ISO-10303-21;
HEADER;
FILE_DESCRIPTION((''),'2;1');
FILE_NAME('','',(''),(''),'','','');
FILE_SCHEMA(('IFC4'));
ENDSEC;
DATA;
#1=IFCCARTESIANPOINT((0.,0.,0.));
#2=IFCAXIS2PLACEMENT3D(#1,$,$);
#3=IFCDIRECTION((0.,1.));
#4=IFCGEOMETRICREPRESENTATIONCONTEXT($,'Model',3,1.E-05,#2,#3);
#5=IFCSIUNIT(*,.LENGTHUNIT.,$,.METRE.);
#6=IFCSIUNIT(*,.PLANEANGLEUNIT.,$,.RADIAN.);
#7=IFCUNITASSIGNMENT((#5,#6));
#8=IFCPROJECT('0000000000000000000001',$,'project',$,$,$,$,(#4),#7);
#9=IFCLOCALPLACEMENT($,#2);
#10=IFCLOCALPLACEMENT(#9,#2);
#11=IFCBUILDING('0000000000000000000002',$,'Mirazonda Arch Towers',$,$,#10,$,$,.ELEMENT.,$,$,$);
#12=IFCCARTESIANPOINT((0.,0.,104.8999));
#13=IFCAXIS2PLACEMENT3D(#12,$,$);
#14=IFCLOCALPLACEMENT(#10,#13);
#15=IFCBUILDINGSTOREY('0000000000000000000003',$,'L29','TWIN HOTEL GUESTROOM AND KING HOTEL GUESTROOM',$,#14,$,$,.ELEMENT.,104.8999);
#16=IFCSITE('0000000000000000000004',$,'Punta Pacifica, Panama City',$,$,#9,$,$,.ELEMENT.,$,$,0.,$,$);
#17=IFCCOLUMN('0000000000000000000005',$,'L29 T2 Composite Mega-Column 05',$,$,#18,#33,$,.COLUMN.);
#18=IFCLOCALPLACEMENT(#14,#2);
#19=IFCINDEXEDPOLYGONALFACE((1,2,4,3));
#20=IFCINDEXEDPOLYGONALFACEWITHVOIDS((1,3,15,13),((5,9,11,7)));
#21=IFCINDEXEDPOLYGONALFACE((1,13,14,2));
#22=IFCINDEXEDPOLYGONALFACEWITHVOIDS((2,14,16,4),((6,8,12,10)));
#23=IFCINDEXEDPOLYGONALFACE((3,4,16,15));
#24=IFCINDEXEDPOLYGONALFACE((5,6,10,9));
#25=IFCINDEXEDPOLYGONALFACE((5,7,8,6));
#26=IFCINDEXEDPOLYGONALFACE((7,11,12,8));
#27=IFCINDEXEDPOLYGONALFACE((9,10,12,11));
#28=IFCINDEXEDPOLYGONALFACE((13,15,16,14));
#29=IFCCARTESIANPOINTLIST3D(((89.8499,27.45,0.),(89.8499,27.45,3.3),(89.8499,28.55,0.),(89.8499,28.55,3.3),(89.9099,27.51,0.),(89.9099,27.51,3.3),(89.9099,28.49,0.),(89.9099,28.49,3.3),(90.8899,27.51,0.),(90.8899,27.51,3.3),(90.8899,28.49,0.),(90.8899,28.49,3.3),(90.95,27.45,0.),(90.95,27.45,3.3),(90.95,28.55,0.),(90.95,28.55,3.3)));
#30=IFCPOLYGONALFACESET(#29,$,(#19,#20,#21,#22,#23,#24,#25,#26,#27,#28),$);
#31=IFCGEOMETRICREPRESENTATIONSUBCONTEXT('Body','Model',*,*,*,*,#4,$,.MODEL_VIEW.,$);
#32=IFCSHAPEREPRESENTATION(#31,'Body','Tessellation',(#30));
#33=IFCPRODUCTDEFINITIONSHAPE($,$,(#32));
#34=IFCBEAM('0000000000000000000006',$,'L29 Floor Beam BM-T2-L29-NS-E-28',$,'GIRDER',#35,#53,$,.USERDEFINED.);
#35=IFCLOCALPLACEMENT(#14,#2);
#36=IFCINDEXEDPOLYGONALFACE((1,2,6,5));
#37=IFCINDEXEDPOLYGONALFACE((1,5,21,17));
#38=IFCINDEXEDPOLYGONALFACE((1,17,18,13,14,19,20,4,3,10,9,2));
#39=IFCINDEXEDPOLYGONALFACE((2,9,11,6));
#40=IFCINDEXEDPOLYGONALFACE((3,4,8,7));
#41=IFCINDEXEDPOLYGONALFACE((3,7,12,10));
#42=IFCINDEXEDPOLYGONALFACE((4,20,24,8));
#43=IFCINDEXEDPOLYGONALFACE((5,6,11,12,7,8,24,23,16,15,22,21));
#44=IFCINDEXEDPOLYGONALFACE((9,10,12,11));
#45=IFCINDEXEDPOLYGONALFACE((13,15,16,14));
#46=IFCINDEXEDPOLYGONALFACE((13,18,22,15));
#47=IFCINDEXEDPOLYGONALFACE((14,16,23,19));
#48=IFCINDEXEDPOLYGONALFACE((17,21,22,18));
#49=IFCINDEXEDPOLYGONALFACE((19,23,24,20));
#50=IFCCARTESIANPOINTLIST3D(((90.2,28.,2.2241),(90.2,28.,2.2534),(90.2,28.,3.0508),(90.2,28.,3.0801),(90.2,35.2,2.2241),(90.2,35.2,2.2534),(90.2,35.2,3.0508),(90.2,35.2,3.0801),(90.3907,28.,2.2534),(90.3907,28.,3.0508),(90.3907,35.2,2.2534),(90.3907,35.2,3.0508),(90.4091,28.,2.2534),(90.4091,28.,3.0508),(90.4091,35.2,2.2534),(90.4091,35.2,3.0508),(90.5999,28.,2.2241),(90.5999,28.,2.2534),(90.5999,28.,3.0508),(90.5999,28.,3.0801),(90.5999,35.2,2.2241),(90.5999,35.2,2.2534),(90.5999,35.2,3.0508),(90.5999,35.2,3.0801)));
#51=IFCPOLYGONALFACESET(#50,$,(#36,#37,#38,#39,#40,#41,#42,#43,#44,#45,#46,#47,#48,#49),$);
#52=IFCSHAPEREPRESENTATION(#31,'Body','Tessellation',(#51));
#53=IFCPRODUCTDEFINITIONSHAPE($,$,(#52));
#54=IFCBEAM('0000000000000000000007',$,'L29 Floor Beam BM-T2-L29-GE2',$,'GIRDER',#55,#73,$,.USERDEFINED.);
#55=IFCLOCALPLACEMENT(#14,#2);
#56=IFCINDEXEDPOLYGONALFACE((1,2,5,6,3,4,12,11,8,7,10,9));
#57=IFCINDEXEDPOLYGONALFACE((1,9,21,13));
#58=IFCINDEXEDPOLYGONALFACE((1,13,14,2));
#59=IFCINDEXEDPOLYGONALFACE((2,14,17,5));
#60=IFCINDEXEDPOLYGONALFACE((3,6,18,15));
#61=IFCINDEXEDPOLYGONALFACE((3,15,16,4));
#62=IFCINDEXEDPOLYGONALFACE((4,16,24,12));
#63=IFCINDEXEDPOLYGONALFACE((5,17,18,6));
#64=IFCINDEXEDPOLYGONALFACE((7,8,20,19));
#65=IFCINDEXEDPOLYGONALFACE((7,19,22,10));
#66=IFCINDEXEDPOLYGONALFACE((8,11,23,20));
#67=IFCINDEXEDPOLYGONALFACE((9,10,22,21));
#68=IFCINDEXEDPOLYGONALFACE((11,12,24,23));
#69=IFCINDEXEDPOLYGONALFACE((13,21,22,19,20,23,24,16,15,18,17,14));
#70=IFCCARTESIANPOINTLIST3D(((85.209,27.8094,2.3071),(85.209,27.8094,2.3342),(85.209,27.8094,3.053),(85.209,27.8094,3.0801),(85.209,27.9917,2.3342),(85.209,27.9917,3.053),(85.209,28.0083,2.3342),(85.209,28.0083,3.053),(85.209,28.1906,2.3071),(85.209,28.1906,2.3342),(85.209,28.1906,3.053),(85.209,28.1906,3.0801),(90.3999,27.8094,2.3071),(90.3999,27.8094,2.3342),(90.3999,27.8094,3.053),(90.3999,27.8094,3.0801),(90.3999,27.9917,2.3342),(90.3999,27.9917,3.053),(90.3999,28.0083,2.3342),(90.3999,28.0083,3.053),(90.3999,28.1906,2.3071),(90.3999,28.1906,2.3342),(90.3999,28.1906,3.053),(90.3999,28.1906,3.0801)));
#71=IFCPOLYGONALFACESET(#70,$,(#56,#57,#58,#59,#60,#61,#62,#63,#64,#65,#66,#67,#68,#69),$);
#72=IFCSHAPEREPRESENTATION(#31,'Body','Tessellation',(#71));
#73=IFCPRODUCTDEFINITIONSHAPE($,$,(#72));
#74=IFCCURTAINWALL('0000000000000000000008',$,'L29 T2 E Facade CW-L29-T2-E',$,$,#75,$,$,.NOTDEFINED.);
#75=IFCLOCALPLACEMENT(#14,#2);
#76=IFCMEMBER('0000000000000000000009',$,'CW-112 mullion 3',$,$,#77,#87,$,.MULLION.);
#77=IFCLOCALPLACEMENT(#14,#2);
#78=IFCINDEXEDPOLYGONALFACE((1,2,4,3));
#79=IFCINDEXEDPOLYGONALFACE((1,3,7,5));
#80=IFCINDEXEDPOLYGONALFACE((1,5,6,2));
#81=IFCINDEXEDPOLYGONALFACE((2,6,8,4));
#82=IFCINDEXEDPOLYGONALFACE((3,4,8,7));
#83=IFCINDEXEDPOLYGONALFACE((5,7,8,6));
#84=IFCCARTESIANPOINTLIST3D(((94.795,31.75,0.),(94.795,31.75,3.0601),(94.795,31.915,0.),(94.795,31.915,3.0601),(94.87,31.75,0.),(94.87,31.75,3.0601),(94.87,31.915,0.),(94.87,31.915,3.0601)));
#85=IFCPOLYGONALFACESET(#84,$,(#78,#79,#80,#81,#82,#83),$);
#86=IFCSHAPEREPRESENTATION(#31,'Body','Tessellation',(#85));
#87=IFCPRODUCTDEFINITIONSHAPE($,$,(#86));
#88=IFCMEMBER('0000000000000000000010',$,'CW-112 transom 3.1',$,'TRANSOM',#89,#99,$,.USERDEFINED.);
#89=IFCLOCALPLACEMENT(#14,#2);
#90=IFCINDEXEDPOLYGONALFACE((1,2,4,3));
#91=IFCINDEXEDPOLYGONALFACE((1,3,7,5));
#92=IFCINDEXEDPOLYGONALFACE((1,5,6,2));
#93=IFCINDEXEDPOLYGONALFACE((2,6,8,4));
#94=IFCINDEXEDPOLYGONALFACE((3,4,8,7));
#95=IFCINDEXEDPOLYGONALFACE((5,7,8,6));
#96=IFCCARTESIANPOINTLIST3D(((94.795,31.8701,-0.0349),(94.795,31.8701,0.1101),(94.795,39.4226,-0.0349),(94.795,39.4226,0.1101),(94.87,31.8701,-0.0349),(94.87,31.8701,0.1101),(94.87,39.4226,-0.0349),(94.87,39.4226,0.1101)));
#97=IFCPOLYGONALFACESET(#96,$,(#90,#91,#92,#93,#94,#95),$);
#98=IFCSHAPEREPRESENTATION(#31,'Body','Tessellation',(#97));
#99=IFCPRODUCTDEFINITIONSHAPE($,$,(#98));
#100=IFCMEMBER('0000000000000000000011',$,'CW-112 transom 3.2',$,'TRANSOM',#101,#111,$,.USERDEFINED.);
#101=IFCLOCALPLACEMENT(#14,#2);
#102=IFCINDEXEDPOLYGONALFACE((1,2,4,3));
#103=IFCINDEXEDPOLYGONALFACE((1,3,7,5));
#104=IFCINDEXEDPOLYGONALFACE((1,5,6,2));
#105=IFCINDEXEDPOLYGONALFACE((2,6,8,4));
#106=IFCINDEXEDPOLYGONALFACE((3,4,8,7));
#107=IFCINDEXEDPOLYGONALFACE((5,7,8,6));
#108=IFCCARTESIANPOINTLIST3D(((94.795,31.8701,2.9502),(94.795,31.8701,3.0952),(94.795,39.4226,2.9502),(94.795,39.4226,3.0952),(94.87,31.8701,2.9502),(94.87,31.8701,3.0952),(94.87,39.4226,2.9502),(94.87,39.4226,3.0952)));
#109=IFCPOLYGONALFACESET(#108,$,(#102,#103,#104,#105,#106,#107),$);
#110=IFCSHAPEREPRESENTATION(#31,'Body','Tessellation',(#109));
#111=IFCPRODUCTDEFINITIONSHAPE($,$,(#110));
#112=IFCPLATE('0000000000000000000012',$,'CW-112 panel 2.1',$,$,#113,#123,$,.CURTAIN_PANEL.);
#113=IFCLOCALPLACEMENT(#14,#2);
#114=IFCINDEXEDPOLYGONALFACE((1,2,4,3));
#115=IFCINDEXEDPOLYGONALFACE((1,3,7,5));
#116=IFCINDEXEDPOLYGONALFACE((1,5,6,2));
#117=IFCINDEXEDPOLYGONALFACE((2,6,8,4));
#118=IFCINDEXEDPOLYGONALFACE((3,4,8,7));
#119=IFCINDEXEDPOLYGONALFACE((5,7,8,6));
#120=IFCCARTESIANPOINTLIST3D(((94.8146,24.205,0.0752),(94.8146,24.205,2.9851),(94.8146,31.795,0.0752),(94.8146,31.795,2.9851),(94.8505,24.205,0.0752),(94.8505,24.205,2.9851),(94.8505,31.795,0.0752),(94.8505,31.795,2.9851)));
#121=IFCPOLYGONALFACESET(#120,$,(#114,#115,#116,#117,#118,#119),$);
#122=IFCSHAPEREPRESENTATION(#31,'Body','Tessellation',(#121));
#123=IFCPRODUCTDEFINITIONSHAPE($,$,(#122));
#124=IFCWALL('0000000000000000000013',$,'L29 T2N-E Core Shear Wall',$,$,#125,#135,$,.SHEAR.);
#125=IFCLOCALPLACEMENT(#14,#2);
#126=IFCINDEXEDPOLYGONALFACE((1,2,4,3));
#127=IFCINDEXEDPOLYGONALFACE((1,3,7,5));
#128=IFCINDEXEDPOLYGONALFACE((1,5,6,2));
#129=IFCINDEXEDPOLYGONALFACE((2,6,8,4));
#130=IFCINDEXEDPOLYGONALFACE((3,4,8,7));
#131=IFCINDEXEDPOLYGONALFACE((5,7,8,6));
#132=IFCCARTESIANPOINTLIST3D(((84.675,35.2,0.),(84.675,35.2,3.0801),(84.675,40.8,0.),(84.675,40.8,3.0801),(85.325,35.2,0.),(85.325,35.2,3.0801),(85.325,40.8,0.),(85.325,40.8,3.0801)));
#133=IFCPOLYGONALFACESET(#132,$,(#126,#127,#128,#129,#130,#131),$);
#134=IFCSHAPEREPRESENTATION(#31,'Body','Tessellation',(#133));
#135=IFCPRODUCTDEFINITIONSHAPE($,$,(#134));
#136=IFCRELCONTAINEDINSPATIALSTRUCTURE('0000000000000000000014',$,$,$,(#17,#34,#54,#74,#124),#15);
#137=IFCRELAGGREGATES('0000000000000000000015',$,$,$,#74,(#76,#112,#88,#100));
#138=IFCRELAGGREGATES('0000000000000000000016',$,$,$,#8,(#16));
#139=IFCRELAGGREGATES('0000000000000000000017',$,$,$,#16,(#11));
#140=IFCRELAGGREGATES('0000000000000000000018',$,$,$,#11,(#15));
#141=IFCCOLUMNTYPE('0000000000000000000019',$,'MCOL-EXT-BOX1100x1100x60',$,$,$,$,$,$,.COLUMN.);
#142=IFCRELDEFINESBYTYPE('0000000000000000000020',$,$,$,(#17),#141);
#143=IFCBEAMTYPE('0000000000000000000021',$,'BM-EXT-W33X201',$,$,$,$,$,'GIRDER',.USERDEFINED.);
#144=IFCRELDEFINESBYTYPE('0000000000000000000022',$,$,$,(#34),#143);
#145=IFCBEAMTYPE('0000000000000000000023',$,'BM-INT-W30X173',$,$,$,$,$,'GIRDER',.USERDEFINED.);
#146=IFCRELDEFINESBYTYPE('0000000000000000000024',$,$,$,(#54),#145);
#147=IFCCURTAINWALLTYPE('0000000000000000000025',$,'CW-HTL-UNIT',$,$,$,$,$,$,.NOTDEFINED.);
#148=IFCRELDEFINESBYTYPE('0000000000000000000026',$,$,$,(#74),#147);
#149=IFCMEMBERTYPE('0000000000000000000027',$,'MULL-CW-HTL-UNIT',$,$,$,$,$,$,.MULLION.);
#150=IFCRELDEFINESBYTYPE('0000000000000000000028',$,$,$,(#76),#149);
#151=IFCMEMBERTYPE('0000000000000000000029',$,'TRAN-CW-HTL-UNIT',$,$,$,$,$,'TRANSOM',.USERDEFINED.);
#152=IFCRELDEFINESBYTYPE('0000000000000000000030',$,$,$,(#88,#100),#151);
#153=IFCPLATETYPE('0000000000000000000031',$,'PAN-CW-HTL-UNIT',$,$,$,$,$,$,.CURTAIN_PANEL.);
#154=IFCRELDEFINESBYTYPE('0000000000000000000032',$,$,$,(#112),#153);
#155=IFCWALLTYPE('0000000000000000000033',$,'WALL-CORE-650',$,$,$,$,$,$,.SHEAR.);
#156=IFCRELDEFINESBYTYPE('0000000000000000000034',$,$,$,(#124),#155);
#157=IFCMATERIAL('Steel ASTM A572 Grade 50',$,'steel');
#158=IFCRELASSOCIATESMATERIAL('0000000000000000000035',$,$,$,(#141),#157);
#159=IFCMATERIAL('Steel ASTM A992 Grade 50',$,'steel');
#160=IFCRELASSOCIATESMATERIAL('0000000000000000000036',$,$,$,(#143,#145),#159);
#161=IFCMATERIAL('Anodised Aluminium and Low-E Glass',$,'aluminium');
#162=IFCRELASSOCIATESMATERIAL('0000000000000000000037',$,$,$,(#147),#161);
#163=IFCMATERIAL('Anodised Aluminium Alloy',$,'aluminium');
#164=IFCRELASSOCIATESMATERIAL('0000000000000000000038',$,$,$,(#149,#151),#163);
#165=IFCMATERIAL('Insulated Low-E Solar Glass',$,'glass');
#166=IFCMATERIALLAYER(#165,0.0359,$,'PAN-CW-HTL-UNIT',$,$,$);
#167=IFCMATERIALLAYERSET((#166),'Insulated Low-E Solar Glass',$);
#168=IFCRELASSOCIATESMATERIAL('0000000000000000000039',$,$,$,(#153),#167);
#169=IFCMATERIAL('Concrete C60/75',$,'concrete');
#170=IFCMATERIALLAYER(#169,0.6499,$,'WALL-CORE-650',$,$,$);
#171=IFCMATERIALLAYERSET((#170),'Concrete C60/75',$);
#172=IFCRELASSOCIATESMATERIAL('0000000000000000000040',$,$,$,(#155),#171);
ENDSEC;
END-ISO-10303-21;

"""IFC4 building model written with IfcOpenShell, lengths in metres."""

from ifc_helpers import new_model, si_unit, direction, frame, frame_2d, origin, origin_2d, place, context, subcontext, project, spatial, rectangle, hollow_rectangle, i_section, extrude, material, layer, layer_set, material_profile, profile_set, type_object, element, aggregate, save


model = new_model("IFC4")

# Units and contexts
model_context = context("Model", 3, precision=1e-05, world=origin(), true_north=direction((0.0, 1.0)))
body_context = subcontext(model_context, "Body", "Model", "MODEL_VIEW")
ifc_project = project(units=[si_unit("LENGTHUNIT", "METRE"), si_unit("PLANEANGLEUNIT", "RADIAN")], contexts=[model_context])

# Site, building, storey
site_placement = place(None, origin())
site = spatial("IfcSite", under=ifc_project, at=site_placement, Name="Punta Pacifica, Panama City", CompositionType="ELEMENT", RefElevation=0.0)
building_placement = place(site_placement, origin())
building = spatial("IfcBuilding", under=site, at=building_placement, Name="Mirazonda Arch Towers", CompositionType="ELEMENT")
storey_placement = place(building_placement, frame((0.0, 0.0, 104.8999)))
storey = spatial("IfcBuildingStorey", under=building, at=storey_placement, Name="L29", Description="TWIN HOTEL GUESTROOM AND KING HOTEL GUESTROOM", CompositionType="ELEMENT", Elevation=104.8999)

# Column
ifc_material_1 = material(Name="Steel ASTM A572 Grade 50", Category="steel")
ifc_material_profile_1 = material_profile(ifc_material_1, hollow_rectangle(XDim=1.1001, YDim=1.1001, WallThickness=0.0601, at=origin_2d()), Name="BOX1100x1100x60")
ifc_profile_set_1 = profile_set([ifc_material_profile_1], Name="Steel ASTM A572 Grade 50")
column_type = type_object("IfcColumnType", Name="MCOL-EXT-BOX1100x1100x60", PredefinedType="COLUMN", material=ifc_profile_set_1)
column_placement = place(storey_placement, frame((90.3999, 28.0, 0.0), z_axis=(0.0, 0.0, 1.0), x_axis=(1.0, 0.0, 0.0)))
element("IfcColumn", 1, at=column_placement, inside=storey, type_object=column_type, Name="L29 T2 Composite Mega-Column 05", PredefinedType="COLUMN", context=body_context, shape_type="SweptSolid", body=[
    extrude(hollow_rectangle(XDim=1.1001, YDim=1.1001, WallThickness=0.0601, at=origin_2d()), origin(), (0.0, 0.0, 1.0), 3.3),
])

# Beams
ifc_material_2 = material(Name="Steel ASTM A992 Grade 50", Category="steel")
ifc_material_profile_2 = material_profile(ifc_material_2, i_section(OverallWidth=0.3999, OverallDepth=0.856, WebThickness=0.0183, FlangeThickness=0.0293, at=origin_2d()), Name="W33X201")
ifc_profile_set_2 = profile_set([ifc_material_profile_2], Name="Steel ASTM A992 Grade 50")
beam_type_1 = type_object("IfcBeamType", Name="BM-EXT-W33X201", ElementType="GIRDER", PredefinedType="USERDEFINED", material=ifc_profile_set_2)
beam_1_placement = place(storey_placement, frame((90.3999, 28.0, 2.6521), z_axis=(0.0, 1.0, 0.0), x_axis=(-1.0, 0.0, 0.0)))
element("IfcBeam", 2, at=beam_1_placement, inside=storey, type_object=beam_type_1, Name="L29 Floor Beam BM-T2-L29-NS-E-28", ObjectType="GIRDER", PredefinedType="USERDEFINED", context=body_context, shape_type="SweptSolid", body=[
    extrude(i_section(OverallWidth=0.3999, OverallDepth=0.856, WebThickness=0.0183, FlangeThickness=0.0293, at=origin_2d()), origin(), (0.0, 0.0, 1.0), 7.2),
])
ifc_material_profile_3 = material_profile(ifc_material_2, i_section(OverallWidth=0.3811, OverallDepth=0.7729, WebThickness=0.0166, FlangeThickness=0.0271, at=origin_2d()), Name="W30X173")
ifc_profile_set_3 = profile_set([ifc_material_profile_3], Name="Steel ASTM A992 Grade 50")
beam_type_2 = type_object("IfcBeamType", Name="BM-INT-W30X173", ElementType="GIRDER", PredefinedType="USERDEFINED", material=ifc_profile_set_3)
beam_2_placement = place(storey_placement, frame((85.209, 28.0, 2.6936), z_axis=(1.0, 0.0, 0.0), x_axis=(0.0, 1.0, 0.0)))
element("IfcBeam", 3, at=beam_2_placement, inside=storey, type_object=beam_type_2, Name="L29 Floor Beam BM-T2-L29-GE2", ObjectType="GIRDER", PredefinedType="USERDEFINED", context=body_context, shape_type="SweptSolid", body=[
    extrude(i_section(OverallWidth=0.3811, OverallDepth=0.7729, WebThickness=0.0166, FlangeThickness=0.0271, at=origin_2d()), origin(), (0.0, 0.0, 1.0), 5.1909),
])

# Curtain wall, members, plate
ifc_material_3 = material(Name="Anodised Aluminium and Low-E Glass", Category="aluminium")
curtain_wall_type = type_object("IfcCurtainWallType", Name="CW-HTL-UNIT", PredefinedType="NOTDEFINED", material=ifc_material_3)
curtain_wall_placement = place(storey_placement, origin())
curtain_wall = element("IfcCurtainWall", 4, at=curtain_wall_placement, inside=storey, type_object=curtain_wall_type, Name="L29 T2 E Facade CW-L29-T2-E", PredefinedType="NOTDEFINED")
ifc_material_4 = material(Name="Anodised Aluminium Alloy", Category="aluminium")
ifc_material_profile_4 = material_profile(ifc_material_4, rectangle(XDim=0.075, YDim=0.165, at=origin_2d()), Name="ALU-MULL-75x165")
ifc_profile_set_4 = profile_set([ifc_material_profile_4], Name="Anodised Aluminium Alloy")
member_type_1 = type_object("IfcMemberType", Name="MULL-CW-HTL-UNIT", PredefinedType="MULLION", material=ifc_profile_set_4)
member_1_placement = place(storey_placement, frame((94.8325, 31.8325, 0.0), z_axis=(0.0, 0.0, 1.0), x_axis=(-1.0, 0.0, 0.0)))
member_1 = element("IfcMember", 5, at=member_1_placement, type_object=member_type_1, Name="CW-112 mullion 3", PredefinedType="MULLION", context=body_context, shape_type="SweptSolid", body=[
    extrude(rectangle(XDim=0.075, YDim=0.165, at=origin_2d()), origin(), (0.0, 0.0, 1.0), 3.0601),
])
ifc_material_profile_5 = material_profile(ifc_material_4, rectangle(XDim=0.075, YDim=0.145, at=origin_2d()), Name="ALU-TRAN-75x145")
ifc_profile_set_5 = profile_set([ifc_material_profile_5], Name="Anodised Aluminium Alloy")
member_type_2 = type_object("IfcMemberType", Name="TRAN-CW-HTL-UNIT", ElementType="TRANSOM", PredefinedType="USERDEFINED", material=ifc_profile_set_5)
member_2_placement = place(storey_placement, frame((94.8325, 31.8701, 0.0376), z_axis=(0.0, 1.0, 0.0), x_axis=(-1.0, 0.0, 0.0)))
member_2 = element("IfcMember", 6, at=member_2_placement, type_object=member_type_2, Name="CW-112 transom 3.1", ObjectType="TRANSOM", PredefinedType="USERDEFINED", context=body_context, shape_type="SweptSolid", body=[
    extrude(rectangle(XDim=0.075, YDim=0.145, at=origin_2d()), origin(), (0.0, 0.0, 1.0), 7.5525),
])
member_3_placement = place(storey_placement, frame((94.8325, 31.8701, 3.0227), z_axis=(0.0, 1.0, 0.0), x_axis=(-1.0, 0.0, 0.0)))
member_3 = element("IfcMember", 7, at=member_3_placement, type_object=member_type_2, Name="CW-112 transom 3.2", ObjectType="TRANSOM", PredefinedType="USERDEFINED", context=body_context, shape_type="SweptSolid", body=[
    extrude(rectangle(XDim=0.075, YDim=0.145, at=origin_2d()), origin(), (0.0, 0.0, 1.0), 7.5525),
])
ifc_material_5 = material(Name="Insulated Low-E Solar Glass", Category="glass")
ifc_layer_1 = layer(ifc_material_5, 0.0359, Name="PAN-CW-HTL-UNIT")
ifc_layer_set_1 = layer_set([ifc_layer_1], Name="Insulated Low-E Solar Glass")
plate_type = type_object("IfcPlateType", Name="PAN-CW-HTL-UNIT", PredefinedType="CURTAIN_PANEL", material=ifc_layer_set_1)
plate_placement = place(storey_placement, frame((94.8325, 28.0, 0.0752), z_axis=(0.0, 0.0, 1.0), x_axis=(0.0, 1.0, 0.0)))
plate = element("IfcPlate", 8, at=plate_placement, type_object=plate_type, Name="CW-112 panel 2.1", PredefinedType="CURTAIN_PANEL", context=body_context, shape_type="SweptSolid", body=[
    extrude(rectangle(XDim=7.5901, YDim=0.0359, at=origin_2d()), origin(), (0.0, 0.0, 1.0), 2.9099),
])
aggregate(curtain_wall, [member_1, plate, member_2, member_3])

# Wall
ifc_material_6 = material(Name="Concrete C60/75", Category="concrete")
ifc_layer_2 = layer(ifc_material_6, 0.6499, Name="WALL-CORE-650")
ifc_layer_set_2 = layer_set([ifc_layer_2], Name="Concrete C60/75")
wall_type_1 = type_object("IfcWallType", Name="WALL-CORE-650", PredefinedType="SHEAR", material=ifc_layer_set_2)
wall_1_placement = place(storey_placement, frame((85.0, 35.2, 0.0), z_axis=(0.0, 0.0, 1.0), x_axis=(0.0, 1.0, 0.0)))
element("IfcWall", 9, at=wall_1_placement, inside=storey, type_object=wall_type_1, Name="L29 T2N-E Core Shear Wall", PredefinedType="SHEAR", context=body_context, shape_type="SweptSolid", body=[
    extrude(rectangle(XDim=5.6001, YDim=0.6499, at=frame_2d((2.8, 0.0))), origin(), (0.0, 0.0, 1.0), 3.0801),
])

save(model, "model.ifc")
